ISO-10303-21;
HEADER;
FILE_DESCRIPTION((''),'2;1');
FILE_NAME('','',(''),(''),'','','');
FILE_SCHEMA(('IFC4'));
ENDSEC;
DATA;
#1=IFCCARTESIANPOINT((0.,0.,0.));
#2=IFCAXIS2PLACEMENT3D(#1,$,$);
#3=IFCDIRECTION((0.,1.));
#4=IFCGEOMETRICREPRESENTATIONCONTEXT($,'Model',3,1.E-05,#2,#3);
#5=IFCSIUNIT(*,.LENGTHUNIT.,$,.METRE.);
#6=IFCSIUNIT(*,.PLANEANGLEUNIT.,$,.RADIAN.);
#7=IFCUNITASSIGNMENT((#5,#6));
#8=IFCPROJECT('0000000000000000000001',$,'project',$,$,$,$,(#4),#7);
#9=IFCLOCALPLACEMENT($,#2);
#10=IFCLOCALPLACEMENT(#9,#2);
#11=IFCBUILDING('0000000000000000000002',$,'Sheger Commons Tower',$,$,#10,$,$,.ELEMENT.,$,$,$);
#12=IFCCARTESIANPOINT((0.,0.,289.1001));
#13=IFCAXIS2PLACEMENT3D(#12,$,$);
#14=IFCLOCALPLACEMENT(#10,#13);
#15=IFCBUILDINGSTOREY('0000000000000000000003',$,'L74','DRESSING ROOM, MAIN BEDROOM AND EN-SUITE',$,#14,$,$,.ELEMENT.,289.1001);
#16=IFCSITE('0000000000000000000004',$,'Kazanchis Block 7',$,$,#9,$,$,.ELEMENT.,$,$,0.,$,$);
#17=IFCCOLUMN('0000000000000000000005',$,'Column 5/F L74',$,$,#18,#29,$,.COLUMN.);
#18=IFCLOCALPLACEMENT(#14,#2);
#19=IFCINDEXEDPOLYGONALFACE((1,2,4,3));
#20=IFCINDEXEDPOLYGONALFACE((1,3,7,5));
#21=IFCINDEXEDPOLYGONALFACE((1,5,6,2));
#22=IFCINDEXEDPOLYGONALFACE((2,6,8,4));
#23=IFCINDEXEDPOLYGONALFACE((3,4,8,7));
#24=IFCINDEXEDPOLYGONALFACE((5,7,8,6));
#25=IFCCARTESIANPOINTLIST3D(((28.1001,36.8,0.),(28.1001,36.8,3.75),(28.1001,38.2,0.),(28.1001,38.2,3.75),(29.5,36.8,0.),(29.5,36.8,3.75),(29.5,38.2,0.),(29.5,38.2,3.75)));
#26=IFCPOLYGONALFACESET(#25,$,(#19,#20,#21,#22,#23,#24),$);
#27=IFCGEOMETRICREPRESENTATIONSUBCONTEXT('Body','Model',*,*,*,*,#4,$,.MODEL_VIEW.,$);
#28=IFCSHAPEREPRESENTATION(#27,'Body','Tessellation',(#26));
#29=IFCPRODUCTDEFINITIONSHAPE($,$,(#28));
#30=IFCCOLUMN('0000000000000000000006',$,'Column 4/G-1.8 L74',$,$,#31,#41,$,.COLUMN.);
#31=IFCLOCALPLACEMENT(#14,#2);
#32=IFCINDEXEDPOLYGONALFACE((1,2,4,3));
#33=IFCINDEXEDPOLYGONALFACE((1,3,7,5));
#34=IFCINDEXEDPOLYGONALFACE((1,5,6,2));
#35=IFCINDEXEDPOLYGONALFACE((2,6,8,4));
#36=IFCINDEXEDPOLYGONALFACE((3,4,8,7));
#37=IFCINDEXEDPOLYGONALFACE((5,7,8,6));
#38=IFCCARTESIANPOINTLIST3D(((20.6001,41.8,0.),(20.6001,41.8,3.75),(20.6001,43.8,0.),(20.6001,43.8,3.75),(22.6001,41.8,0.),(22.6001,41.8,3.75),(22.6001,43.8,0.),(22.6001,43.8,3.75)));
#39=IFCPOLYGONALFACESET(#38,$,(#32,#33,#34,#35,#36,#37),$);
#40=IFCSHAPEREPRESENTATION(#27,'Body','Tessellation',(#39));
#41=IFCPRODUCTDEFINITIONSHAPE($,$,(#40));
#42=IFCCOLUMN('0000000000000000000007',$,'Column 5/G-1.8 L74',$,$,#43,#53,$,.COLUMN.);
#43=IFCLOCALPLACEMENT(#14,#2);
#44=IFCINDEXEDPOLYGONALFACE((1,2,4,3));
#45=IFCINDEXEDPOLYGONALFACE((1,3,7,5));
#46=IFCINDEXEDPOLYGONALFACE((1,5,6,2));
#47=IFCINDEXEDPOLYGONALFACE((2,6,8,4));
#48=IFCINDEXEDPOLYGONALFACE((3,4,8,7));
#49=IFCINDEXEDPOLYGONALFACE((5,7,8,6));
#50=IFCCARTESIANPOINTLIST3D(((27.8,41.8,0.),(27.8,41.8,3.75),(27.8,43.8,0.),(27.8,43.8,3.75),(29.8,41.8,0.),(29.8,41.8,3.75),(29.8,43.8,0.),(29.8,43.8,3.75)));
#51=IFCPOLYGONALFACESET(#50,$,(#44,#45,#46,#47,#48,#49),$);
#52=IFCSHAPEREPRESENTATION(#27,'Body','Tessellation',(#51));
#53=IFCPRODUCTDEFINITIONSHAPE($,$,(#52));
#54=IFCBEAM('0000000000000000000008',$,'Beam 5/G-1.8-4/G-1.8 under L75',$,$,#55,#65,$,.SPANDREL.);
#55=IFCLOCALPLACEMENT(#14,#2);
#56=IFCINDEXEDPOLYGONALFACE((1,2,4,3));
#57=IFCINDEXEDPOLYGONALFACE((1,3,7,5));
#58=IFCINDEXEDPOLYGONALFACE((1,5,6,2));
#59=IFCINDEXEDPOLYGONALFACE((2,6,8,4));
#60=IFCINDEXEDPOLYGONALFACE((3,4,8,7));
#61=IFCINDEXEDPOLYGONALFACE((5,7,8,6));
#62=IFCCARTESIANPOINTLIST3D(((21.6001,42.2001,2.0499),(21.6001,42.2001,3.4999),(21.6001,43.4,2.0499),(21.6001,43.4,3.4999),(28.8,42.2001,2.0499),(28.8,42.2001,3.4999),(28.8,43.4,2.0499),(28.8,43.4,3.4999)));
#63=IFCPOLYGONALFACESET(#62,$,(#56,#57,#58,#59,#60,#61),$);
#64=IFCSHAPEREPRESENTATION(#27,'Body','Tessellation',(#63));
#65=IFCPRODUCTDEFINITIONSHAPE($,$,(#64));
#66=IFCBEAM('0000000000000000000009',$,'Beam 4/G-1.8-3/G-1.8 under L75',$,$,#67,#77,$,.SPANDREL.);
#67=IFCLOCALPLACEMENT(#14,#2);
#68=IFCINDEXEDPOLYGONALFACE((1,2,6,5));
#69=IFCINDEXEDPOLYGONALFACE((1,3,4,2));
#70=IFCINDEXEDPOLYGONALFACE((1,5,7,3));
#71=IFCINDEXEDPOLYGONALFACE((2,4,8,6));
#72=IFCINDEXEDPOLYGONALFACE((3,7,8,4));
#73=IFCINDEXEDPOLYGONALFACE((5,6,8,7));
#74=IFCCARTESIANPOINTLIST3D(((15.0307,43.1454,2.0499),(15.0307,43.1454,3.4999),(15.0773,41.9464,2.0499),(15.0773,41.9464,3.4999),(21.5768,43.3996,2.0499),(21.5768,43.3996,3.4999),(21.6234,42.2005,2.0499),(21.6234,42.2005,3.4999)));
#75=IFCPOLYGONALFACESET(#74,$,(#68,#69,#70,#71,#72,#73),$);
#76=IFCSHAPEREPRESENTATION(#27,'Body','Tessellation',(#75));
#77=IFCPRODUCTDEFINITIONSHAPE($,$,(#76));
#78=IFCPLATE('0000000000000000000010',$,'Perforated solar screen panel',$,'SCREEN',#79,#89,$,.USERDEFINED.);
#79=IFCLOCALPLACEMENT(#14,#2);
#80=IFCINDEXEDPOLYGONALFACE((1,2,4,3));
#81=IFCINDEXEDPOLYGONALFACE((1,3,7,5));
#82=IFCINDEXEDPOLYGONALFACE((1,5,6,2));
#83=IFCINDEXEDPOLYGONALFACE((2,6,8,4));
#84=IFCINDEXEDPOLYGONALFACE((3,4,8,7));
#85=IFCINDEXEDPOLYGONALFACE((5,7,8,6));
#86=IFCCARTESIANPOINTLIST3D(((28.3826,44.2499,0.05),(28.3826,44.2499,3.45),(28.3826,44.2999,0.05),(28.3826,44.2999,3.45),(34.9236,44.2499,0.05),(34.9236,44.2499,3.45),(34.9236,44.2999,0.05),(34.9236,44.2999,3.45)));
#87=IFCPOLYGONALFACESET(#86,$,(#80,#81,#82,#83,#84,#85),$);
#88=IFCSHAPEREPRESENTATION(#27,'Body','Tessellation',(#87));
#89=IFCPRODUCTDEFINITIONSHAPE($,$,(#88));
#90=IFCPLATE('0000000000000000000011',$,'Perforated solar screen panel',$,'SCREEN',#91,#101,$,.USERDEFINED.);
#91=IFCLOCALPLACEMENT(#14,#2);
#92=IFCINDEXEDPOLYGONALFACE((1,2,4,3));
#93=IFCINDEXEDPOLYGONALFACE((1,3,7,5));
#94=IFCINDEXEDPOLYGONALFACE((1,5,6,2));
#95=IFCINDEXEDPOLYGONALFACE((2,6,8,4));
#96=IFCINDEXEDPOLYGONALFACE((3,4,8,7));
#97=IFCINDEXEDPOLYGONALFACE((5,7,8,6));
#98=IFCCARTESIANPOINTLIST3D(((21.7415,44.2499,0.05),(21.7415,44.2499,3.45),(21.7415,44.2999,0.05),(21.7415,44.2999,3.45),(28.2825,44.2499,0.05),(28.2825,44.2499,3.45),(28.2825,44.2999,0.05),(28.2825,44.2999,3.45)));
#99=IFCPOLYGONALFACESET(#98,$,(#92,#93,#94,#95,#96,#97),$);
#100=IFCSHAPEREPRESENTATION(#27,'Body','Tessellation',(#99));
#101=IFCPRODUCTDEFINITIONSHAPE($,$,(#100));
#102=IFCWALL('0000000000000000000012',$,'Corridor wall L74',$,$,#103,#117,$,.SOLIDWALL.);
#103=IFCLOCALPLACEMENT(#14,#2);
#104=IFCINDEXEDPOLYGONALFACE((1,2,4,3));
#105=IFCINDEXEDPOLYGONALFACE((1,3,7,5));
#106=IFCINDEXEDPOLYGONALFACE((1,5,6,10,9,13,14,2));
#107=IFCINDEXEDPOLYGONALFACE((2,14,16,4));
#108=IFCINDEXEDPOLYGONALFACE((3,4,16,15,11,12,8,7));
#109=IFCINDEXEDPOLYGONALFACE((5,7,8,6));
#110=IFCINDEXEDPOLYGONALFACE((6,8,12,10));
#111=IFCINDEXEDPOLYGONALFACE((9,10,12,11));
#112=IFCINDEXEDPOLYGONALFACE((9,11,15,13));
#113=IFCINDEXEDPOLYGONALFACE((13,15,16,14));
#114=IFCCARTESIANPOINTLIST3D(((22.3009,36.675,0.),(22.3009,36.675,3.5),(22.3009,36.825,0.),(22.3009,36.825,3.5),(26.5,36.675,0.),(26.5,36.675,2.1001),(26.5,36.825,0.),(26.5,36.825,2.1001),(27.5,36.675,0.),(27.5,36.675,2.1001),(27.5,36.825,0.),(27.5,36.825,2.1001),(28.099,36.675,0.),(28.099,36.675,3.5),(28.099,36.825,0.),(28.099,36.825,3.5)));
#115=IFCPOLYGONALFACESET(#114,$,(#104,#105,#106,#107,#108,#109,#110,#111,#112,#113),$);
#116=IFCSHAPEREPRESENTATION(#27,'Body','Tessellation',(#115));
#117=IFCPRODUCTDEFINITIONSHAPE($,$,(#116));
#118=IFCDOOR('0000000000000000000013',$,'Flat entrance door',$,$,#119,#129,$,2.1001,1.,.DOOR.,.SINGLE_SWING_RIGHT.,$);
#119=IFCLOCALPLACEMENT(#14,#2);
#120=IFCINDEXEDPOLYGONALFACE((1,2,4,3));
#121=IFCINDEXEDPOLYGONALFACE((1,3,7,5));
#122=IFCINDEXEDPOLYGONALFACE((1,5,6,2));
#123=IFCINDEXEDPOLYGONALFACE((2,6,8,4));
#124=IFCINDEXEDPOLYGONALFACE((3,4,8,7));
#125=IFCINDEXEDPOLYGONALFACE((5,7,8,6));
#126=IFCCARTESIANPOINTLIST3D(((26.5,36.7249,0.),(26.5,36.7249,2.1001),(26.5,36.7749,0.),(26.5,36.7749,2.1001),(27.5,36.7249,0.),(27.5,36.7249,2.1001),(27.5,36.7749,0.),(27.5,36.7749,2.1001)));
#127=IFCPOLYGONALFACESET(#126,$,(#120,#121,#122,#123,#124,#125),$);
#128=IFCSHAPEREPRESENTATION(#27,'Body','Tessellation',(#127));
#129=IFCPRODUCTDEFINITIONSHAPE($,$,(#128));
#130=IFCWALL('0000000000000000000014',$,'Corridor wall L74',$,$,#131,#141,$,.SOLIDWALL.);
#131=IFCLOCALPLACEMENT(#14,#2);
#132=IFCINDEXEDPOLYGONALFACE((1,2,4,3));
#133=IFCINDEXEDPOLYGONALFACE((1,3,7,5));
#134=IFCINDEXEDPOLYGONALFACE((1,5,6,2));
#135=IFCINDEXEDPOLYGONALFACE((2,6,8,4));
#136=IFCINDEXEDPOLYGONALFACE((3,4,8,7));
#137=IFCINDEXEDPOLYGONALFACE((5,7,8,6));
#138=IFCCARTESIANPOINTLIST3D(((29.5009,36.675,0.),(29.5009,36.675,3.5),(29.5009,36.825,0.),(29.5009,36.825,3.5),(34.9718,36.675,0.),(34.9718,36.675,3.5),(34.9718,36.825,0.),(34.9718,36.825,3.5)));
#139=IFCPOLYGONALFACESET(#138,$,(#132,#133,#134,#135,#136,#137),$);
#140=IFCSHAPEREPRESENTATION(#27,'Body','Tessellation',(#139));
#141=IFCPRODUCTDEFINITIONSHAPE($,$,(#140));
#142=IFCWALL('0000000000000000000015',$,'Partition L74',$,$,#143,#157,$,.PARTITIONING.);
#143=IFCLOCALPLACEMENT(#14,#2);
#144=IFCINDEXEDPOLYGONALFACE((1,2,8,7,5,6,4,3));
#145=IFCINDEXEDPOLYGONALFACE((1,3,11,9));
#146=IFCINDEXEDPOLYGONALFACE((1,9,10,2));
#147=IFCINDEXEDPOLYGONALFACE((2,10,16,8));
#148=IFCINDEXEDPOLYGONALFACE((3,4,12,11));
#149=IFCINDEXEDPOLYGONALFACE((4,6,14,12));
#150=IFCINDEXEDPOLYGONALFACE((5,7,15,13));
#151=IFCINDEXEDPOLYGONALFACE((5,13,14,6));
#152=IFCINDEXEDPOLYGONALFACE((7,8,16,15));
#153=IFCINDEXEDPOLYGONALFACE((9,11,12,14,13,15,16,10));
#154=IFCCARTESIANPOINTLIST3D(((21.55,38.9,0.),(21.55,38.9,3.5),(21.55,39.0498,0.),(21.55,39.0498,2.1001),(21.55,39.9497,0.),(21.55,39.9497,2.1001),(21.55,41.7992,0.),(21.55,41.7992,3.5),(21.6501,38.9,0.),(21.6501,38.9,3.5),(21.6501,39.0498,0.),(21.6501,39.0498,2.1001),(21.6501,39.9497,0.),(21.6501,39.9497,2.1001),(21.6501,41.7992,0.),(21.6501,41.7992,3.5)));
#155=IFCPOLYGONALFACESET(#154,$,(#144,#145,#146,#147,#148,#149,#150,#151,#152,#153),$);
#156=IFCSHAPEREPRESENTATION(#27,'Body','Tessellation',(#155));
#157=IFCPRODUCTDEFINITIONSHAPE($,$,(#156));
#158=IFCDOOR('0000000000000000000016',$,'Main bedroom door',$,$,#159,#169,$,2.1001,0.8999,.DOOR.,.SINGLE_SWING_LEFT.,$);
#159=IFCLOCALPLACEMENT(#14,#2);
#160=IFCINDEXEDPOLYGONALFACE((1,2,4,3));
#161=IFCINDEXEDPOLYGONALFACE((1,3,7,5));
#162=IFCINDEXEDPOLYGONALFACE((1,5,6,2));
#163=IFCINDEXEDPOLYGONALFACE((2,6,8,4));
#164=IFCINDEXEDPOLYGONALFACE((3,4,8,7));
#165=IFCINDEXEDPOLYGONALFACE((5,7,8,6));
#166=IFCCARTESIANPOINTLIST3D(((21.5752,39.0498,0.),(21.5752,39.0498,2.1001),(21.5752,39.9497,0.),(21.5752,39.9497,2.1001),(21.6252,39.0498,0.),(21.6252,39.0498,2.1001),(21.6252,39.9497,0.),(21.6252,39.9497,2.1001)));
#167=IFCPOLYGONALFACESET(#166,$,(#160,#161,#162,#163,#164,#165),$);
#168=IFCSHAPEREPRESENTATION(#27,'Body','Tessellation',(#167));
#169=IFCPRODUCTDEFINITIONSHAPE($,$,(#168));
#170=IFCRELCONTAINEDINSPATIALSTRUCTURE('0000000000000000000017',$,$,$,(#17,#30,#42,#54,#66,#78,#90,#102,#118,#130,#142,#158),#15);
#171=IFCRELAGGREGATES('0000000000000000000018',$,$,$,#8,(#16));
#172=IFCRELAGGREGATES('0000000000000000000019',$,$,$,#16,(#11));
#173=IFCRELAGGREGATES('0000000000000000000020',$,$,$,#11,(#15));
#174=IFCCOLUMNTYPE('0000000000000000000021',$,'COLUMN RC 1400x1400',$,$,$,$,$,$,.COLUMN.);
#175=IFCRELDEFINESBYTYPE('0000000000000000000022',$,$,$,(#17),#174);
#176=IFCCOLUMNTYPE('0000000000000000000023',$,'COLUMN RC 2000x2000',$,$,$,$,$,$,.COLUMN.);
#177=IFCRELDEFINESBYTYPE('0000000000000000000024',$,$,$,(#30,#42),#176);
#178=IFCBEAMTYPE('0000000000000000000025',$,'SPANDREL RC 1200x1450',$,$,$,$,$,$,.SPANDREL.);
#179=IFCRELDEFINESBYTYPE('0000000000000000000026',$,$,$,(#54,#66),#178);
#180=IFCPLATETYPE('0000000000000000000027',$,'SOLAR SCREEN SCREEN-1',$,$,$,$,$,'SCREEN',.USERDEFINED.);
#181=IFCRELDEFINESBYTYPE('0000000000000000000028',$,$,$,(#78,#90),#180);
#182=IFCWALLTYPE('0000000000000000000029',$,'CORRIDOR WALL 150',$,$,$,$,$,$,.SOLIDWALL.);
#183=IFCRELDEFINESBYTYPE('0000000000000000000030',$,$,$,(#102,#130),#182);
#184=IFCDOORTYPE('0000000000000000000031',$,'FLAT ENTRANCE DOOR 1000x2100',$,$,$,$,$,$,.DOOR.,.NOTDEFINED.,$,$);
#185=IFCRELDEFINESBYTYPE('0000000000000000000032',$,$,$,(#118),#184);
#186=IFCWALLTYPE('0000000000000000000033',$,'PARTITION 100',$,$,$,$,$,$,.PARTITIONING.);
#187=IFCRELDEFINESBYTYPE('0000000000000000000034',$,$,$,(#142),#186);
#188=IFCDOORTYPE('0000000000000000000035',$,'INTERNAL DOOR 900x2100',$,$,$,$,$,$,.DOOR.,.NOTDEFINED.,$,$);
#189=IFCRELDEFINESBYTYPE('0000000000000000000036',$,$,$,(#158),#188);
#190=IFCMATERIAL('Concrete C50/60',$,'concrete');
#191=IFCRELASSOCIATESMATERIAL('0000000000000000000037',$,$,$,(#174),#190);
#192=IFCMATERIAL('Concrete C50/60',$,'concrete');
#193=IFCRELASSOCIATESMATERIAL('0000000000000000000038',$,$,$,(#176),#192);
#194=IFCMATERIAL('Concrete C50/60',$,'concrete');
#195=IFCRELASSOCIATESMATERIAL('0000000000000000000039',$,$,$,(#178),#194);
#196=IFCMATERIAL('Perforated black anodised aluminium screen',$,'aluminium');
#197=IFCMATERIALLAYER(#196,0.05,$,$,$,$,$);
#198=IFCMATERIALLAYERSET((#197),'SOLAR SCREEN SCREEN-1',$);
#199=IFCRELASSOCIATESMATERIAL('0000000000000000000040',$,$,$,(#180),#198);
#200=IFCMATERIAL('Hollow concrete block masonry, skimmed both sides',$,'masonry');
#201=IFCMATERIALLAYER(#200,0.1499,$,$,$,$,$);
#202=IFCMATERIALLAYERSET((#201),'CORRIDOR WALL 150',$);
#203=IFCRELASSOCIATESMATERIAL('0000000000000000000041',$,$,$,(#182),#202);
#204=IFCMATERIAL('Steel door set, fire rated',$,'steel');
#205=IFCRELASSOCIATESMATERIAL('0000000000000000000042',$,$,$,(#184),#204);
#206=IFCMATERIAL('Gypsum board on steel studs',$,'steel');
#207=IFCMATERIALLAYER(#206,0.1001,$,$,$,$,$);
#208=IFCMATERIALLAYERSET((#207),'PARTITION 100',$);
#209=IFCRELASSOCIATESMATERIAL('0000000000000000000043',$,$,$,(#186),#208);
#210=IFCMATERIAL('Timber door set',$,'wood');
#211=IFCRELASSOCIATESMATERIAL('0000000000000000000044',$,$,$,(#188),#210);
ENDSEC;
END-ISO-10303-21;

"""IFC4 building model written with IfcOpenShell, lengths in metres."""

from ifc_helpers import new_model, si_unit, direction, frame, frame_2d, origin, origin_2d, place, context, subcontext, project, spatial, rectangle, extrude, material, layer, layer_set, material_profile, profile_set, type_object, element, fill, save


model = new_model("IFC4")

# Units and contexts
model_context = context("Model", 3, precision=1e-05, world=origin(), true_north=direction((0.0, 1.0)))
body_context = subcontext(model_context, "Body", "Model", "MODEL_VIEW")
ifc_project = project(units=[si_unit("LENGTHUNIT", "METRE"), si_unit("PLANEANGLEUNIT", "RADIAN")], contexts=[model_context])

# Site, building, storey
site_placement = place(None, origin())
site = spatial("IfcSite", under=ifc_project, at=site_placement, Name="Kazanchis Block 7", CompositionType="ELEMENT", RefElevation=0.0)
building_placement = place(site_placement, origin())
building = spatial("IfcBuilding", under=site, at=building_placement, Name="Sheger Commons Tower", CompositionType="ELEMENT")
storey_placement = place(building_placement, frame((0.0, 0.0, 289.1001)))
storey = spatial("IfcBuildingStorey", under=building, at=storey_placement, Name="L74", Description="DRESSING ROOM, MAIN BEDROOM AND EN-SUITE", CompositionType="ELEMENT", Elevation=289.1001)

# Columns
ifc_material_1 = material(Name="Concrete C50/60", Category="concrete")
ifc_material_profile_1 = material_profile(ifc_material_1, rectangle(XDim=1.3999, YDim=1.3999, at=origin_2d()), Name="RC 1400x1400")
ifc_profile_set_1 = profile_set([ifc_material_profile_1], Name="Concrete C50/60")
column_type_1 = type_object("IfcColumnType", Name="COLUMN RC 1400x1400", PredefinedType="COLUMN", material=ifc_profile_set_1)
column_placement = place(storey_placement, frame((28.8, 37.5, 0.0), z_axis=(0.0, 0.0, 1.0), x_axis=(1.0, 0.0, 0.0)))
element("IfcColumn", 1, at=column_placement, inside=storey, type_object=column_type_1, Name="Column 5/F L74", PredefinedType="COLUMN", context=body_context, shape_type="SweptSolid", body=[
    extrude(rectangle(XDim=1.3999, YDim=1.3999, at=origin_2d()), origin(), (0.0, 0.0, 1.0), 3.75),
])
ifc_material_2 = material(Name="Concrete C50/60", Category="concrete")
ifc_material_profile_2 = material_profile(ifc_material_2, rectangle(XDim=2.0, YDim=2.0, at=origin_2d()), Name="RC 2000x2000")
ifc_profile_set_2 = profile_set([ifc_material_profile_2], Name="Concrete C50/60")
column_type_2 = type_object("IfcColumnType", Name="COLUMN RC 2000x2000", PredefinedType="COLUMN", material=ifc_profile_set_2)
for number, where, z_axis, x_axis, name in (
    (2, (21.6001, 42.8, 0.0), (0.0, 0.0, 1.0), (1.0, 0.0, 0.0), "Column 4/G-1.8 L74"),
    (3, (28.8, 42.8, 0.0), (0.0, 0.0, 1.0), (1.0, 0.0, 0.0), "Column 5/G-1.8 L74"),
):
    element("IfcColumn", number, at=place(storey_placement, frame(where, z_axis=z_axis, x_axis=x_axis)), inside=storey, type_object=column_type_2, Name=name, PredefinedType="COLUMN", context=body_context, shape_type="SweptSolid", body=[
        extrude(rectangle(XDim=2.0, YDim=2.0, at=origin_2d()), origin(), (0.0, 0.0, 1.0), 3.75),
    ])

# Beams
ifc_material_3 = material(Name="Concrete C50/60", Category="concrete")
ifc_material_profile_3 = material_profile(ifc_material_3, rectangle(XDim=1.2, YDim=1.45, at=origin_2d()), Name="RC 1200x1450")
ifc_profile_set_3 = profile_set([ifc_material_profile_3], Name="Concrete C50/60")
beam_type = type_object("IfcBeamType", Name="SPANDREL RC 1200x1450", PredefinedType="SPANDREL", material=ifc_profile_set_3)
beam_1_placement = place(storey_placement, frame((28.8, 42.8, 2.7749), z_axis=(-1.0, 0.0, 0.0), x_axis=(0.0, -1.0, 0.0)))
element("IfcBeam", 4, at=beam_1_placement, inside=storey, type_object=beam_type, Name="Beam 5/G-1.8-4/G-1.8 under L75", PredefinedType="SPANDREL", context=body_context, shape_type="SweptSolid", body=[
    extrude(rectangle(XDim=1.2, YDim=1.45, at=origin_2d()), origin(), (0.0, 0.0, 1.0), 7.2),
])
beam_2_placement = place(storey_placement, frame((21.6001, 42.8, 2.7749), z_axis=(-0.999247, -0.038795, 0.0), x_axis=(0.038795, -0.999247, 0.0)))
element("IfcBeam", 5, at=beam_2_placement, inside=storey, type_object=beam_type, Name="Beam 4/G-1.8-3/G-1.8 under L75", PredefinedType="SPANDREL", context=body_context, shape_type="SweptSolid", body=[
    extrude(rectangle(XDim=1.2, YDim=1.45, at=origin_2d()), origin(), (0.0, 0.0, 1.0), 6.551),
])

# Plates
ifc_material_4 = material(Name="Perforated black anodised aluminium screen", Category="aluminium")
ifc_layer_1 = layer(ifc_material_4, 0.05)
ifc_layer_set_1 = layer_set([ifc_layer_1], Name="SOLAR SCREEN SCREEN-1")
plate_type = type_object("IfcPlateType", Name="SOLAR SCREEN SCREEN-1", ElementType="SCREEN", PredefinedType="USERDEFINED", material=ifc_layer_set_1)
for number, where, z_axis, x_axis, name in (
    (6, (31.6531, 44.2749, 0.05), (0.0, 0.0, 1.0), (-1.0, 0.0, 0.0), "Perforated solar screen panel"),
    (7, (25.012, 44.2749, 0.05), (0.0, 0.0, 1.0), (-1.0, 0.0, 0.0), "Perforated solar screen panel"),
):
    element("IfcPlate", number, at=place(storey_placement, frame(where, z_axis=z_axis, x_axis=x_axis)), inside=storey, type_object=plate_type, Name=name, ObjectType="SCREEN", PredefinedType="USERDEFINED", context=body_context, shape_type="SweptSolid", body=[
        extrude(rectangle(XDim=6.541, YDim=0.05, at=origin_2d()), origin(), (0.0, 0.0, 1.0), 3.3999),
    ])

# Wall, opening, door
ifc_material_5 = material(Name="Hollow concrete block masonry, skimmed both sides", Category="masonry")
ifc_layer_2 = layer(ifc_material_5, 0.1499)
ifc_layer_set_2 = layer_set([ifc_layer_2], Name="CORRIDOR WALL 150")
wall_type_1 = type_object("IfcWallType", Name="CORRIDOR WALL 150", PredefinedType="SOLIDWALL", material=ifc_layer_set_2)
wall_1_placement = place(storey_placement, frame((22.301, 36.75, 0.0), z_axis=(0.0, 0.0, 1.0), x_axis=(1.0, 0.0, 0.0)))
wall_1 = element("IfcWall", 8, at=wall_1_placement, inside=storey, type_object=wall_type_1, Name="Corridor wall L74", PredefinedType="SOLIDWALL", context=body_context, shape_type="SweptSolid", body=[
    extrude(rectangle(XDim=5.7981, YDim=0.1499, at=frame_2d((2.8989, 0.0))), origin(), (0.0, 0.0, 1.0), 3.5),
])
opening_1_placement = place(wall_1_placement, frame((4.199, 0.0, 0.0)))
opening_1 = element("IfcOpeningElement", 9, at=opening_1_placement, cuts=wall_1, PredefinedType="OPENING", context=body_context, shape_type="SweptSolid", body=[
    extrude(rectangle(XDim=1.0, YDim=2.1001, at=frame_2d((0.5, 1.05))), frame((0.0, 0.085, 0.0), z_axis=(0.0, -1.0, 0.0), x_axis=(1.0, 0.0, 0.0)), (0.0, 0.0, 1.0), 0.1699),
])
ifc_material_6 = material(Name="Steel door set, fire rated", Category="steel")
door_type_1 = type_object("IfcDoorType", Name="FLAT ENTRANCE DOOR 1000x2100", OperationType="NOTDEFINED", PredefinedType="DOOR", material=ifc_material_6)
door_1_placement = place(opening_1_placement, origin())
door_1 = element("IfcDoor", 10, at=door_1_placement, inside=storey, type_object=door_type_1, Name="Flat entrance door", OperationType="SINGLE_SWING_RIGHT", OverallHeight=2.1001, OverallWidth=1.0, PredefinedType="DOOR", context=body_context, shape_type="SweptSolid", body=[
    extrude(rectangle(XDim=1.0, YDim=2.1001, at=frame_2d((0.5, 1.05))), frame((0.0, 0.0249, 0.0), z_axis=(0.0, -1.0, 0.0), x_axis=(1.0, 0.0, 0.0)), (0.0, 0.0, 1.0), 0.05),
])
fill(opening_1, door_1)

# Wall
wall_2_placement = place(storey_placement, frame((29.501, 36.75, 0.0), z_axis=(0.0, 0.0, 1.0), x_axis=(1.0, 0.0, 0.0)))
element("IfcWall", 11, at=wall_2_placement, inside=storey, type_object=wall_type_1, Name="Corridor wall L74", PredefinedType="SOLIDWALL", context=body_context, shape_type="SweptSolid", body=[
    extrude(rectangle(XDim=5.4709, YDim=0.1499, at=frame_2d((2.7354, 0.0))), origin(), (0.0, 0.0, 1.0), 3.5),
])

# Wall, opening, door
ifc_material_7 = material(Name="Gypsum board on steel studs", Category="steel")
ifc_layer_3 = layer(ifc_material_7, 0.1001)
ifc_layer_set_3 = layer_set([ifc_layer_3], Name="PARTITION 100")
wall_type_2 = type_object("IfcWallType", Name="PARTITION 100", PredefinedType="PARTITIONING", material=ifc_layer_set_3)
wall_3_placement = place(storey_placement, frame((21.6001, 38.8999, 0.0), z_axis=(0.0, 0.0, 1.0), x_axis=(0.0, 1.0, 0.0)))
wall_3 = element("IfcWall", 12, at=wall_3_placement, inside=storey, type_object=wall_type_2, Name="Partition L74", PredefinedType="PARTITIONING", context=body_context, shape_type="SweptSolid", body=[
    extrude(rectangle(XDim=2.8992, YDim=0.1001, at=frame_2d((1.4497, 0.0))), origin(), (0.0, 0.0, 1.0), 3.5),
])
opening_2_placement = place(wall_3_placement, frame((0.1499, 0.0, 0.0)))
opening_2 = element("IfcOpeningElement", 13, at=opening_2_placement, cuts=wall_3, PredefinedType="OPENING", context=body_context, shape_type="SweptSolid", body=[
    extrude(rectangle(XDim=0.8999, YDim=2.1001, at=frame_2d((0.45, 1.05))), frame((0.0, 0.0601, 0.0), z_axis=(0.0, -1.0, 0.0), x_axis=(1.0, 0.0, 0.0)), (0.0, 0.0, 1.0), 0.1201),
])
ifc_material_8 = material(Name="Timber door set", Category="wood")
door_type_2 = type_object("IfcDoorType", Name="INTERNAL DOOR 900x2100", OperationType="NOTDEFINED", PredefinedType="DOOR", material=ifc_material_8)
door_2_placement = place(opening_2_placement, origin())
door_2 = element("IfcDoor", 14, at=door_2_placement, inside=storey, type_object=door_type_2, Name="Main bedroom door", OperationType="SINGLE_SWING_LEFT", OverallHeight=2.1001, OverallWidth=0.8999, PredefinedType="DOOR", context=body_context, shape_type="SweptSolid", body=[
    extrude(rectangle(XDim=0.8999, YDim=2.1001, at=frame_2d((0.45, 1.05))), frame((0.0, 0.0249, 0.0), z_axis=(0.0, -1.0, 0.0), x_axis=(1.0, 0.0, 0.0)), (0.0, 0.0, 1.0), 0.05),
])
fill(opening_2, door_2)

save(model, "model.ifc")
